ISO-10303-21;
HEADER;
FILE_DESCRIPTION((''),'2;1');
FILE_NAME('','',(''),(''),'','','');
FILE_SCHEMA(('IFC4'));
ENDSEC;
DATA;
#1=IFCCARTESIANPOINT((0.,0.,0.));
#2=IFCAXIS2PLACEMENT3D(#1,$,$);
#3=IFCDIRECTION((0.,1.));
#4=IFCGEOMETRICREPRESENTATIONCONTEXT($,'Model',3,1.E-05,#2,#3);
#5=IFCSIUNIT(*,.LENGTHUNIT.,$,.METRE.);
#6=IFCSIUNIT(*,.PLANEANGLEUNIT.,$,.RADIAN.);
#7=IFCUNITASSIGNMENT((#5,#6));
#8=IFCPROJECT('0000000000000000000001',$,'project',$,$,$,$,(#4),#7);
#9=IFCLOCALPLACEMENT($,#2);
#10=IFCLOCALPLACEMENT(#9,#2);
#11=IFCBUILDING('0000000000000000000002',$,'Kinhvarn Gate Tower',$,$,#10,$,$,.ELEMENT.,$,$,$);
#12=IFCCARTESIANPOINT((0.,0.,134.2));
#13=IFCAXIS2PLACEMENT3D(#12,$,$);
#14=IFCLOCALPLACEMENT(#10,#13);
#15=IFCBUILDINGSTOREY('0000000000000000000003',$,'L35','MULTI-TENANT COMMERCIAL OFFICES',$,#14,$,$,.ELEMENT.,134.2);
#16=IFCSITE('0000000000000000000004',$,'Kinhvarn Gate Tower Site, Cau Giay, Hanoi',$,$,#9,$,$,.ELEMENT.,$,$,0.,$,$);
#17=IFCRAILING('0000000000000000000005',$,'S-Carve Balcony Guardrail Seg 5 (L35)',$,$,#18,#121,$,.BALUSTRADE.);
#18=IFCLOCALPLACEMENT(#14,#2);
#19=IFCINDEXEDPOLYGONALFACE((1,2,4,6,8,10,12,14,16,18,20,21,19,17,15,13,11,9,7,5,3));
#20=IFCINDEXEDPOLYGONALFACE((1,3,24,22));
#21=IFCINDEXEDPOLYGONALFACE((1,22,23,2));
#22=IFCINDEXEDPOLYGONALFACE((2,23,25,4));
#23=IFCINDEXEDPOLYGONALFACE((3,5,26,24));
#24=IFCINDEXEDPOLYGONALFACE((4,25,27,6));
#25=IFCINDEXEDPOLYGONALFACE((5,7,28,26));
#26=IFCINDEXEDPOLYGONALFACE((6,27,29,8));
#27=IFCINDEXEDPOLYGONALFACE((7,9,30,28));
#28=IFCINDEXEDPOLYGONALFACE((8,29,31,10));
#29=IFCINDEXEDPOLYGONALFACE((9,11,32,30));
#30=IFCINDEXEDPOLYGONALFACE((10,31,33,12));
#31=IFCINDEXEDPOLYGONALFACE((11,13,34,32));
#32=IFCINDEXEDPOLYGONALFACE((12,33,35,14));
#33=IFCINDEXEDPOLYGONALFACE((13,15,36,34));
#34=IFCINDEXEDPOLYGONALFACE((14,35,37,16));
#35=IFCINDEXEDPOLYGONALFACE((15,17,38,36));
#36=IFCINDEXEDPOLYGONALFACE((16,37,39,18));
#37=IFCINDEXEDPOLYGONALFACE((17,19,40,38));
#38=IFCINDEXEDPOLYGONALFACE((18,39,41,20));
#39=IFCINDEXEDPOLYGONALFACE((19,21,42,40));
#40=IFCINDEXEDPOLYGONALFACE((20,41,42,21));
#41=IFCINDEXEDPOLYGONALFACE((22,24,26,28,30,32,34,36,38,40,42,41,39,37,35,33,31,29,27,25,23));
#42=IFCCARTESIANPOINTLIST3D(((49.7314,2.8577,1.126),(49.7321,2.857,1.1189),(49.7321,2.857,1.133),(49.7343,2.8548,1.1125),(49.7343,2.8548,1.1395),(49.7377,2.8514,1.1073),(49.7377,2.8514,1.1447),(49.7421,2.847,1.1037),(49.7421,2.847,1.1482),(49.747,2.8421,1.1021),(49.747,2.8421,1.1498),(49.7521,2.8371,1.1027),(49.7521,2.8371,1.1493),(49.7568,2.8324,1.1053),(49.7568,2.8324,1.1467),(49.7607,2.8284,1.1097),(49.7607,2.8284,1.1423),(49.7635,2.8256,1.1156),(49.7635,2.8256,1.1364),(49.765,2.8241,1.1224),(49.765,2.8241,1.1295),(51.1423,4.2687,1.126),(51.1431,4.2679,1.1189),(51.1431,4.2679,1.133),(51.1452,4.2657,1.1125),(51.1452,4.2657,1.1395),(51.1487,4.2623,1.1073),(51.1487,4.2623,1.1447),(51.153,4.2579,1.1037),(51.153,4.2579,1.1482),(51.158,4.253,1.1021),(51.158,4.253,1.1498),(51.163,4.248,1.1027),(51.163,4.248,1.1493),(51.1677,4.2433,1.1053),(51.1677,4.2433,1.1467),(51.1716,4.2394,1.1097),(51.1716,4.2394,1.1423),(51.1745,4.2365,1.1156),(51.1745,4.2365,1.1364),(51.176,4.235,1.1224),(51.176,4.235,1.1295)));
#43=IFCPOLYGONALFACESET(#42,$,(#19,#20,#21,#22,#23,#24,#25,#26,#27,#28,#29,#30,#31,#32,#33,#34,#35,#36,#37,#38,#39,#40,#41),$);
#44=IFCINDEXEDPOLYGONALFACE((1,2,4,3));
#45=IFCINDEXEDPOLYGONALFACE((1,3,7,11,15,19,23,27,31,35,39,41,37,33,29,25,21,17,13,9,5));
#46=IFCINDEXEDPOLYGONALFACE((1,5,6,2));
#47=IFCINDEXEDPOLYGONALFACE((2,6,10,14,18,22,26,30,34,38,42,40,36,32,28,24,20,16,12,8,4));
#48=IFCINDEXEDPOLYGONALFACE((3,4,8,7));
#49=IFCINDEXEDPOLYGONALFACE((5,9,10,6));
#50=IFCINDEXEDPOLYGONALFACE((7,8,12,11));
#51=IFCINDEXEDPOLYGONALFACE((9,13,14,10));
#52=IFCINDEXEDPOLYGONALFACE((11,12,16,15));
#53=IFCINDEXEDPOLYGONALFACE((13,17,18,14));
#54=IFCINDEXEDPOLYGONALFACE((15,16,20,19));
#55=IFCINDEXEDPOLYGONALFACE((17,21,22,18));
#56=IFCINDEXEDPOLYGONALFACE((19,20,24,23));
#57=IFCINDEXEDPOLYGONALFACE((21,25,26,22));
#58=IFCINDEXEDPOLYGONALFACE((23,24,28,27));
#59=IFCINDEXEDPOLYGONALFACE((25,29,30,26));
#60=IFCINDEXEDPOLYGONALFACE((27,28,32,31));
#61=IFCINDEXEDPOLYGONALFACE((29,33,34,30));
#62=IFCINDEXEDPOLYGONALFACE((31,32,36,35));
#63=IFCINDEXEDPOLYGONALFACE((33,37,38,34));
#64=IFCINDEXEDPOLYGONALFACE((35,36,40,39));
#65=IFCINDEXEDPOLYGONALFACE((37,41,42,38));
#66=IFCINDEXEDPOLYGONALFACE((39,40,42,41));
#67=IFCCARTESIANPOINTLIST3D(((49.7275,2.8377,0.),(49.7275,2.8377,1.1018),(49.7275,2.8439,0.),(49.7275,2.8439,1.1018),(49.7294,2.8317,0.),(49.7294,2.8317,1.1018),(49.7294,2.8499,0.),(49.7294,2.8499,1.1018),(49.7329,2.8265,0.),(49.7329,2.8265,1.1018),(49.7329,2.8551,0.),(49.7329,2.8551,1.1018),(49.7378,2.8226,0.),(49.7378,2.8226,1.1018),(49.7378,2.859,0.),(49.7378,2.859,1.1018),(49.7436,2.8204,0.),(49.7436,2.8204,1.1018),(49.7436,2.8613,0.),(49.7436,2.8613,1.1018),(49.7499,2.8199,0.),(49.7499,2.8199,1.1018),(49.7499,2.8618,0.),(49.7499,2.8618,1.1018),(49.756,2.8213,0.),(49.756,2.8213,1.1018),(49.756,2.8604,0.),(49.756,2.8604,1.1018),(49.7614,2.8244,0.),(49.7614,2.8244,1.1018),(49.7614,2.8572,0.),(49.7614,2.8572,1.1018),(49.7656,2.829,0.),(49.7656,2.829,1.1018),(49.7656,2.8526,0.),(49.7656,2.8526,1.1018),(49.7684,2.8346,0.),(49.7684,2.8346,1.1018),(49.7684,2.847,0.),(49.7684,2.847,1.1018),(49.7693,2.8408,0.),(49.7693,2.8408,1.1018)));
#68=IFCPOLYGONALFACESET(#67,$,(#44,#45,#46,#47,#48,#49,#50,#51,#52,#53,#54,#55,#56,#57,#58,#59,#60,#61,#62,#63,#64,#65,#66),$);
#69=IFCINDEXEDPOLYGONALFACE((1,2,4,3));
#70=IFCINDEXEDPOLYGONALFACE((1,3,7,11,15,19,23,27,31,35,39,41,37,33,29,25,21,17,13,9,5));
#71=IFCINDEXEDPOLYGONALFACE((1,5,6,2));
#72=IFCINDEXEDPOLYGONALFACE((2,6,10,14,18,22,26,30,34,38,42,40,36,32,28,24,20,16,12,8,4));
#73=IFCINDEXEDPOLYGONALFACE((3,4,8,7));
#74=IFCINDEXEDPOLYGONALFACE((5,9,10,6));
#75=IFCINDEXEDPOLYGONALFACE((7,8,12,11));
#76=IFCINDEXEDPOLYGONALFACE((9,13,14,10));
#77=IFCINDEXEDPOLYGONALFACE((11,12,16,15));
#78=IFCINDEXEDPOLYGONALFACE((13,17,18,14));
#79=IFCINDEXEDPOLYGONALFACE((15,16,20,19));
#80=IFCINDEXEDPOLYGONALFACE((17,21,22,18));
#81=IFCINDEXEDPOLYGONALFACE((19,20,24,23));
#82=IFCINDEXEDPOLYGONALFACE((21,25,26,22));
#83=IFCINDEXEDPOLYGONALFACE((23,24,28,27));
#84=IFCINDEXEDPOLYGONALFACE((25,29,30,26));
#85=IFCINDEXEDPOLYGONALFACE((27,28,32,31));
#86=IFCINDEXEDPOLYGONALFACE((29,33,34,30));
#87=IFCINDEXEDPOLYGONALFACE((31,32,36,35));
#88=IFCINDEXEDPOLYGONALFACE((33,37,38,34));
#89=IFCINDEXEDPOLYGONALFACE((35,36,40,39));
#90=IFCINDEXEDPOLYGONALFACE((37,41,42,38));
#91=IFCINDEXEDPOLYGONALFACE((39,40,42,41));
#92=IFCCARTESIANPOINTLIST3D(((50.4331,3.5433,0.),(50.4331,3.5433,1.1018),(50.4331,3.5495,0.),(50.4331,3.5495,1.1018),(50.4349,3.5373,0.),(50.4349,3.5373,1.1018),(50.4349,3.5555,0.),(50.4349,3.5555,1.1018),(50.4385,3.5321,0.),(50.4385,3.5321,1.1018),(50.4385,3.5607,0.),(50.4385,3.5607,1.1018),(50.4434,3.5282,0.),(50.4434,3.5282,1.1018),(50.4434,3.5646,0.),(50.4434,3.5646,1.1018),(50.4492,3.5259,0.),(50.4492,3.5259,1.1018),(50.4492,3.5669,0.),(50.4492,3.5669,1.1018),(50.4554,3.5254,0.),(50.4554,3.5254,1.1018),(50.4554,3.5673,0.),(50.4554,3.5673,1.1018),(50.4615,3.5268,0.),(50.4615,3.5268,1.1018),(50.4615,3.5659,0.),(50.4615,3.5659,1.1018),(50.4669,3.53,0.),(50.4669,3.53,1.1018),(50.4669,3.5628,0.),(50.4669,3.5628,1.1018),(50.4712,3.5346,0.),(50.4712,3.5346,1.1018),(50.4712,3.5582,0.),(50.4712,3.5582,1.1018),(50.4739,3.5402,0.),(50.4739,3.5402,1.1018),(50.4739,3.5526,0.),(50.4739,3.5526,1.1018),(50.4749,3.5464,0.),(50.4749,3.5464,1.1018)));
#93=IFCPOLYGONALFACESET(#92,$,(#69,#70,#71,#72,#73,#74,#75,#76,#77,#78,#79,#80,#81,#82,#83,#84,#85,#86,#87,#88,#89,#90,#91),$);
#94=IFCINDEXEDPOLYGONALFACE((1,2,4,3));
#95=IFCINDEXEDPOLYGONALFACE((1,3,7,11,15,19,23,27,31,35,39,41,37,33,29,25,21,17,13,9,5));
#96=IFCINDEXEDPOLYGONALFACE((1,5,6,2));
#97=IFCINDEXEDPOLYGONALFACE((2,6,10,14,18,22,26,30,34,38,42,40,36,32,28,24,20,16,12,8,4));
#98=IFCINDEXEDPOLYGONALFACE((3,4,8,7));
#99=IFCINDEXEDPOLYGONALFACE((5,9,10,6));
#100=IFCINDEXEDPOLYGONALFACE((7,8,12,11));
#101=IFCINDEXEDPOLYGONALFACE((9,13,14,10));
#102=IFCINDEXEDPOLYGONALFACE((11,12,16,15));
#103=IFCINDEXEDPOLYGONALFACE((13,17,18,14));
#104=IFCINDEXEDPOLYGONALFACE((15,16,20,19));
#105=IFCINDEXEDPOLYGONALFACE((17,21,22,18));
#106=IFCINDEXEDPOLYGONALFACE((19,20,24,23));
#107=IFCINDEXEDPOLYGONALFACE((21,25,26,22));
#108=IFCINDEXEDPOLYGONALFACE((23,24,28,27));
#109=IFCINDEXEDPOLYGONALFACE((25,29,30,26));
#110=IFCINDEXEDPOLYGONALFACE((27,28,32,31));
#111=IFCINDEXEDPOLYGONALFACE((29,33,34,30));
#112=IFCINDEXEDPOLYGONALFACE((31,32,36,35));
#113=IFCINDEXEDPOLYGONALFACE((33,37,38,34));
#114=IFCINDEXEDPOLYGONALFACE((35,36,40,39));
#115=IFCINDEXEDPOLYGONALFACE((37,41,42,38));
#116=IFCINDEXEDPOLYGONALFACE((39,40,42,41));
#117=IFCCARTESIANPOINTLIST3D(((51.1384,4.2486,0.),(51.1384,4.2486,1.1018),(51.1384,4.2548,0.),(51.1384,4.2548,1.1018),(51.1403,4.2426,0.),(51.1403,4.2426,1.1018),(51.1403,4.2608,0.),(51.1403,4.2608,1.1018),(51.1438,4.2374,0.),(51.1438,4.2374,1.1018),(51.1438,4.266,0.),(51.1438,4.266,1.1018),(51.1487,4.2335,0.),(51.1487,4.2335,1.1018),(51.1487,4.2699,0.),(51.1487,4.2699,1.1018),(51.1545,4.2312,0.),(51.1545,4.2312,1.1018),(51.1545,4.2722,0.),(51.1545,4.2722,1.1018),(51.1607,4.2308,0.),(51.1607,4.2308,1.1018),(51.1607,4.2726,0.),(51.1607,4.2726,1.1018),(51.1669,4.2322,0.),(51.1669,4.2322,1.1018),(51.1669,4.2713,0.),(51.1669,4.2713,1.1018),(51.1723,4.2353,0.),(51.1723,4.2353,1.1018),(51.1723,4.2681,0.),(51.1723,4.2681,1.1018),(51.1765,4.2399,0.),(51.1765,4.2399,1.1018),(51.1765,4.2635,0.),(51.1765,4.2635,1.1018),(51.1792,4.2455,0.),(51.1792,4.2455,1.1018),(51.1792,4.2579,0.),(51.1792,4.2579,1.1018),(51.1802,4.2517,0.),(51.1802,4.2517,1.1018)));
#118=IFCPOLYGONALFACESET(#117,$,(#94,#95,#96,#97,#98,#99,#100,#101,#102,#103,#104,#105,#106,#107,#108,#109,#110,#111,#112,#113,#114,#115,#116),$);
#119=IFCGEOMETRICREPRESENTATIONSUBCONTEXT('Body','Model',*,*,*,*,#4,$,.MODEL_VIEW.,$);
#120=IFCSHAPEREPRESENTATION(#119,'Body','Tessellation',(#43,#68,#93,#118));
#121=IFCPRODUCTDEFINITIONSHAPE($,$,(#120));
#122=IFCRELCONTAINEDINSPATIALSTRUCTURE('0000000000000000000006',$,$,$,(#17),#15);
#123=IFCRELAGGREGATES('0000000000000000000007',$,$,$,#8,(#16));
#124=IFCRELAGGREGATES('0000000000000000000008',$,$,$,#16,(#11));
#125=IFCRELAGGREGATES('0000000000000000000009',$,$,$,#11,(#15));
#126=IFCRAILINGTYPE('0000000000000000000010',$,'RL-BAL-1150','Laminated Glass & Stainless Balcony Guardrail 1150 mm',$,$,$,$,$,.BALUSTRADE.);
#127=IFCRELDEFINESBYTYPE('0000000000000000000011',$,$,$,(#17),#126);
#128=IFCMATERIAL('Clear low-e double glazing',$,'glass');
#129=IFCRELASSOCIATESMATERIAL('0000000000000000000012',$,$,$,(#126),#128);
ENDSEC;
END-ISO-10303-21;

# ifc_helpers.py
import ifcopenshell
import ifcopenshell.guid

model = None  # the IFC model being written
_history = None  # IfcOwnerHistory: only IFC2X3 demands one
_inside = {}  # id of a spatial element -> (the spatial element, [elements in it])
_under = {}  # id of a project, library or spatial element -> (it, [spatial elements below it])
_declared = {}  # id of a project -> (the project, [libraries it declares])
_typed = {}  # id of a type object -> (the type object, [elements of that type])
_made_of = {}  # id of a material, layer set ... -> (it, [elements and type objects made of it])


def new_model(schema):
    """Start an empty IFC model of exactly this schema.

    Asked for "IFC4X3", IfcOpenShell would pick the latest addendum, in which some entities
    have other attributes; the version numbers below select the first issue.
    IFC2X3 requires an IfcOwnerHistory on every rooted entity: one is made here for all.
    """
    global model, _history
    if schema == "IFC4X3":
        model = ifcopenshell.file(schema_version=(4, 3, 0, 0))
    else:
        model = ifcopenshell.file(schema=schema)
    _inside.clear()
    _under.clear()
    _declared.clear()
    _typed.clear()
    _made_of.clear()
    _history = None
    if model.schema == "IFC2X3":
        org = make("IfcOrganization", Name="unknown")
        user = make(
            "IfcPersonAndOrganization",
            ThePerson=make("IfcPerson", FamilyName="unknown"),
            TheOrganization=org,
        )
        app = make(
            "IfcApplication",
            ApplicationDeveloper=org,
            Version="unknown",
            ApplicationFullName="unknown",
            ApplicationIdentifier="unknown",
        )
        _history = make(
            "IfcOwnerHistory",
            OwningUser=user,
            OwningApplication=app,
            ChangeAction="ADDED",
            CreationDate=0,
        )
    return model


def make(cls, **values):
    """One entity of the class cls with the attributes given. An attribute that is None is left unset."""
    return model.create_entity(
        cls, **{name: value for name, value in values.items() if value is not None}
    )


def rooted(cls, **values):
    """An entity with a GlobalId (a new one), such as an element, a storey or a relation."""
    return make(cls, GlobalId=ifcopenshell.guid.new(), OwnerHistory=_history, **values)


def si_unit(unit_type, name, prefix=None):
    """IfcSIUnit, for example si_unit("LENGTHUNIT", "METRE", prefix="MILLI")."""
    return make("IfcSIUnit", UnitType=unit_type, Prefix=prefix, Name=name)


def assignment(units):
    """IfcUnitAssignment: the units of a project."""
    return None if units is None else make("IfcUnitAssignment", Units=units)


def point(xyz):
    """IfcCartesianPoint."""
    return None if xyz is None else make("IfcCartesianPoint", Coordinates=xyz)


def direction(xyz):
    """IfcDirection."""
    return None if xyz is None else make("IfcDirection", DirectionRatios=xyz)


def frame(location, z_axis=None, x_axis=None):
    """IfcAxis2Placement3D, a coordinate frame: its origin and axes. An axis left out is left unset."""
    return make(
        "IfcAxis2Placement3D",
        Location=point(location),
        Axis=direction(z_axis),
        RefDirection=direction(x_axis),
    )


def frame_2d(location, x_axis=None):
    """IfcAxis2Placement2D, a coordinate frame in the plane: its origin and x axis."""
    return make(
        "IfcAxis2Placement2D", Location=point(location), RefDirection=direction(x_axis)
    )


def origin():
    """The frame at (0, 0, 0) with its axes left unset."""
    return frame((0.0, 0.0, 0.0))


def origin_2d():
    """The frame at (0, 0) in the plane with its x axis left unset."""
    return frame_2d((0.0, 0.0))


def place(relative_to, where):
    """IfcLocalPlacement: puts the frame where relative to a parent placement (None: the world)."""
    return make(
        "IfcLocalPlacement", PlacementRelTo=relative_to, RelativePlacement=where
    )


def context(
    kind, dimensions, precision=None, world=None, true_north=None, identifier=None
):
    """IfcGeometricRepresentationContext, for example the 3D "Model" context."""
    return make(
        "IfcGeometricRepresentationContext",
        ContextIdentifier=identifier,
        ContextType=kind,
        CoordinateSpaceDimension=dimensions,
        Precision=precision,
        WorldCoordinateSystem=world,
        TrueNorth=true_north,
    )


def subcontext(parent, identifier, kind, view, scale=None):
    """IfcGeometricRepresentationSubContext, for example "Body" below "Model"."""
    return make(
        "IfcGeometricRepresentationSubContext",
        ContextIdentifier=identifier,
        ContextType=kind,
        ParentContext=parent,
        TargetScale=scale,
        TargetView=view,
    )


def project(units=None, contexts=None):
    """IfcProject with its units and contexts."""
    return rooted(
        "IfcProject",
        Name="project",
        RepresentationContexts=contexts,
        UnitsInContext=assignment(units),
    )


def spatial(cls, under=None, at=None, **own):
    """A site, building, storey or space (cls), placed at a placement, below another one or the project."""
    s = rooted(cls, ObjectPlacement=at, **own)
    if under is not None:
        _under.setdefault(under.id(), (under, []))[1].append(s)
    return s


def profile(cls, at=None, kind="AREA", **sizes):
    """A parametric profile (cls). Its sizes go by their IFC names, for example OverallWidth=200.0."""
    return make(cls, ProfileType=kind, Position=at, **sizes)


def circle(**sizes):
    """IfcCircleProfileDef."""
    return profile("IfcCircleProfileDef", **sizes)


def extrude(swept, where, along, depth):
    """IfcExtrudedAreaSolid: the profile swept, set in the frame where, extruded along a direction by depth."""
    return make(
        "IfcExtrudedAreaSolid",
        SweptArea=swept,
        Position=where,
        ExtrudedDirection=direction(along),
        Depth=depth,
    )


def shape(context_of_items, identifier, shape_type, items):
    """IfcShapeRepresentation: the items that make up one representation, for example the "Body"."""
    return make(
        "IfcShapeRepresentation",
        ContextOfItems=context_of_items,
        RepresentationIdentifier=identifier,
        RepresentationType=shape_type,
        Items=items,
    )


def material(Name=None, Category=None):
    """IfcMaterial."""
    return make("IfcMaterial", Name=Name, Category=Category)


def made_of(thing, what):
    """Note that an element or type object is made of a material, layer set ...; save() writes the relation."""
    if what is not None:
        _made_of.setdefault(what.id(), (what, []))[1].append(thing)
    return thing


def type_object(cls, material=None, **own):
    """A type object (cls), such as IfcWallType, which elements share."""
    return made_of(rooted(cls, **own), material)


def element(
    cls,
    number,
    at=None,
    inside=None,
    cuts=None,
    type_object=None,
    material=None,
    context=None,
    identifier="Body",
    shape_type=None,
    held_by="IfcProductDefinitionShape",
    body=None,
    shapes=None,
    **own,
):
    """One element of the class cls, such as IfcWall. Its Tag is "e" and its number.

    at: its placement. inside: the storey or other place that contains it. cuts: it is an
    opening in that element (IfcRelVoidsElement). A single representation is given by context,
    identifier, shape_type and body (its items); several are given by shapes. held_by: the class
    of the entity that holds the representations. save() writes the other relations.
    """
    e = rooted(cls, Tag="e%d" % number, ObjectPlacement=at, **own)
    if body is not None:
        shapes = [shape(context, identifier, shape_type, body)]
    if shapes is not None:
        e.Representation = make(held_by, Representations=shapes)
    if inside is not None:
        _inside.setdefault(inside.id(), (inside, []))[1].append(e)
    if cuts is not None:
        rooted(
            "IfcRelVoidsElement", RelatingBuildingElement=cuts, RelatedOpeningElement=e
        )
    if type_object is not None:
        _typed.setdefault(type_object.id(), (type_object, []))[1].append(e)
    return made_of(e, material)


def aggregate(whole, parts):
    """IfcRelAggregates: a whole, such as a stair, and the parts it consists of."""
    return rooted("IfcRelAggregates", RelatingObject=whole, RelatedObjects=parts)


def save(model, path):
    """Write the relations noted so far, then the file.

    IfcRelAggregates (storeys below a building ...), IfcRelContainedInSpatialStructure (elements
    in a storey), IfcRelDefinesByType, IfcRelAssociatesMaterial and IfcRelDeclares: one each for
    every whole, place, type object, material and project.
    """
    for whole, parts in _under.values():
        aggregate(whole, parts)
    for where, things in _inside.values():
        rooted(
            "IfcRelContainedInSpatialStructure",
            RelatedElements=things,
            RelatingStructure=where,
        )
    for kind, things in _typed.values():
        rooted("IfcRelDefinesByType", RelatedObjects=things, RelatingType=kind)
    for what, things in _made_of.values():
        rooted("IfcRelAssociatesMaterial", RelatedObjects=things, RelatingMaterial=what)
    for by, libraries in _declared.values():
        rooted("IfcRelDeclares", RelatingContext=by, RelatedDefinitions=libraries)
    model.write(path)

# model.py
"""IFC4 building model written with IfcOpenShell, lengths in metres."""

from ifc_helpers import new_model, si_unit, direction, frame, origin, origin_2d, place, context, subcontext, project, spatial, circle, extrude, material, type_object, element, save


model = new_model("IFC4")

# Units and contexts
model_context = context("Model", 3, precision=1e-05, world=origin(), true_north=direction((0.0, 1.0)))
body_context = subcontext(model_context, "Body", "Model", "MODEL_VIEW")
ifc_project = project(units=[si_unit("LENGTHUNIT", "METRE"), si_unit("PLANEANGLEUNIT", "RADIAN")], contexts=[model_context])

# Site, building, storey
site_placement = place(None, origin())
site = spatial("IfcSite", under=ifc_project, at=site_placement, Name="Kinhvarn Gate Tower Site, Cau Giay, Hanoi", CompositionType="ELEMENT", RefElevation=0.0)
building_placement = place(site_placement, origin())
building = spatial("IfcBuilding", under=site, at=building_placement, Name="Kinhvarn Gate Tower", CompositionType="ELEMENT")
storey_placement = place(building_placement, frame((0.0, 0.0, 134.2)))
storey = spatial("IfcBuildingStorey", under=building, at=storey_placement, Name="L35", Description="MULTI-TENANT COMMERCIAL OFFICES", CompositionType="ELEMENT", Elevation=134.2)

# Shared definitions
ifc_material_1 = material(Name="Clear low-e double glazing", Category="glass")

# Railing
railing_type = type_object("IfcRailingType", Name="RL-BAL-1150", Description="Laminated Glass & Stainless Balcony Guardrail 1150 mm", PredefinedType="BALUSTRADE", material=ifc_material_1)
railing_1_placement = place(storey_placement, frame((49.7483, 2.8408, 0.0)))
element("IfcRailing", 1, at=railing_1_placement, inside=storey, type_object=railing_type, Name="S-Carve Balcony Guardrail Seg 5 (L35)", PredefinedType="BALUSTRADE", context=body_context, shape_type="SweptSolid", body=[
    extrude(circle(Radius=0.0239, at=origin_2d()), frame((0.0, 0.0, 1.126), z_axis=(0.707107, 0.707107, 0.0), x_axis=(-0.707107, 0.707107, 0.0)), (0.0, 0.0, 1.0), 1.9954),
    extrude(circle(Radius=0.021, at=origin_2d()), origin(), (0.0, 0.0, 1.0), 1.1018),
    extrude(circle(Radius=0.021, at=origin_2d()), frame((0.7056, 0.7056, 0.0)), (0.0, 0.0, 1.0), 1.1018),
    extrude(circle(Radius=0.021, at=origin_2d()), frame((1.4109, 1.4109, 0.0)), (0.0, 0.0, 1.0), 1.1018),
])

save(model, "model.ifc")
